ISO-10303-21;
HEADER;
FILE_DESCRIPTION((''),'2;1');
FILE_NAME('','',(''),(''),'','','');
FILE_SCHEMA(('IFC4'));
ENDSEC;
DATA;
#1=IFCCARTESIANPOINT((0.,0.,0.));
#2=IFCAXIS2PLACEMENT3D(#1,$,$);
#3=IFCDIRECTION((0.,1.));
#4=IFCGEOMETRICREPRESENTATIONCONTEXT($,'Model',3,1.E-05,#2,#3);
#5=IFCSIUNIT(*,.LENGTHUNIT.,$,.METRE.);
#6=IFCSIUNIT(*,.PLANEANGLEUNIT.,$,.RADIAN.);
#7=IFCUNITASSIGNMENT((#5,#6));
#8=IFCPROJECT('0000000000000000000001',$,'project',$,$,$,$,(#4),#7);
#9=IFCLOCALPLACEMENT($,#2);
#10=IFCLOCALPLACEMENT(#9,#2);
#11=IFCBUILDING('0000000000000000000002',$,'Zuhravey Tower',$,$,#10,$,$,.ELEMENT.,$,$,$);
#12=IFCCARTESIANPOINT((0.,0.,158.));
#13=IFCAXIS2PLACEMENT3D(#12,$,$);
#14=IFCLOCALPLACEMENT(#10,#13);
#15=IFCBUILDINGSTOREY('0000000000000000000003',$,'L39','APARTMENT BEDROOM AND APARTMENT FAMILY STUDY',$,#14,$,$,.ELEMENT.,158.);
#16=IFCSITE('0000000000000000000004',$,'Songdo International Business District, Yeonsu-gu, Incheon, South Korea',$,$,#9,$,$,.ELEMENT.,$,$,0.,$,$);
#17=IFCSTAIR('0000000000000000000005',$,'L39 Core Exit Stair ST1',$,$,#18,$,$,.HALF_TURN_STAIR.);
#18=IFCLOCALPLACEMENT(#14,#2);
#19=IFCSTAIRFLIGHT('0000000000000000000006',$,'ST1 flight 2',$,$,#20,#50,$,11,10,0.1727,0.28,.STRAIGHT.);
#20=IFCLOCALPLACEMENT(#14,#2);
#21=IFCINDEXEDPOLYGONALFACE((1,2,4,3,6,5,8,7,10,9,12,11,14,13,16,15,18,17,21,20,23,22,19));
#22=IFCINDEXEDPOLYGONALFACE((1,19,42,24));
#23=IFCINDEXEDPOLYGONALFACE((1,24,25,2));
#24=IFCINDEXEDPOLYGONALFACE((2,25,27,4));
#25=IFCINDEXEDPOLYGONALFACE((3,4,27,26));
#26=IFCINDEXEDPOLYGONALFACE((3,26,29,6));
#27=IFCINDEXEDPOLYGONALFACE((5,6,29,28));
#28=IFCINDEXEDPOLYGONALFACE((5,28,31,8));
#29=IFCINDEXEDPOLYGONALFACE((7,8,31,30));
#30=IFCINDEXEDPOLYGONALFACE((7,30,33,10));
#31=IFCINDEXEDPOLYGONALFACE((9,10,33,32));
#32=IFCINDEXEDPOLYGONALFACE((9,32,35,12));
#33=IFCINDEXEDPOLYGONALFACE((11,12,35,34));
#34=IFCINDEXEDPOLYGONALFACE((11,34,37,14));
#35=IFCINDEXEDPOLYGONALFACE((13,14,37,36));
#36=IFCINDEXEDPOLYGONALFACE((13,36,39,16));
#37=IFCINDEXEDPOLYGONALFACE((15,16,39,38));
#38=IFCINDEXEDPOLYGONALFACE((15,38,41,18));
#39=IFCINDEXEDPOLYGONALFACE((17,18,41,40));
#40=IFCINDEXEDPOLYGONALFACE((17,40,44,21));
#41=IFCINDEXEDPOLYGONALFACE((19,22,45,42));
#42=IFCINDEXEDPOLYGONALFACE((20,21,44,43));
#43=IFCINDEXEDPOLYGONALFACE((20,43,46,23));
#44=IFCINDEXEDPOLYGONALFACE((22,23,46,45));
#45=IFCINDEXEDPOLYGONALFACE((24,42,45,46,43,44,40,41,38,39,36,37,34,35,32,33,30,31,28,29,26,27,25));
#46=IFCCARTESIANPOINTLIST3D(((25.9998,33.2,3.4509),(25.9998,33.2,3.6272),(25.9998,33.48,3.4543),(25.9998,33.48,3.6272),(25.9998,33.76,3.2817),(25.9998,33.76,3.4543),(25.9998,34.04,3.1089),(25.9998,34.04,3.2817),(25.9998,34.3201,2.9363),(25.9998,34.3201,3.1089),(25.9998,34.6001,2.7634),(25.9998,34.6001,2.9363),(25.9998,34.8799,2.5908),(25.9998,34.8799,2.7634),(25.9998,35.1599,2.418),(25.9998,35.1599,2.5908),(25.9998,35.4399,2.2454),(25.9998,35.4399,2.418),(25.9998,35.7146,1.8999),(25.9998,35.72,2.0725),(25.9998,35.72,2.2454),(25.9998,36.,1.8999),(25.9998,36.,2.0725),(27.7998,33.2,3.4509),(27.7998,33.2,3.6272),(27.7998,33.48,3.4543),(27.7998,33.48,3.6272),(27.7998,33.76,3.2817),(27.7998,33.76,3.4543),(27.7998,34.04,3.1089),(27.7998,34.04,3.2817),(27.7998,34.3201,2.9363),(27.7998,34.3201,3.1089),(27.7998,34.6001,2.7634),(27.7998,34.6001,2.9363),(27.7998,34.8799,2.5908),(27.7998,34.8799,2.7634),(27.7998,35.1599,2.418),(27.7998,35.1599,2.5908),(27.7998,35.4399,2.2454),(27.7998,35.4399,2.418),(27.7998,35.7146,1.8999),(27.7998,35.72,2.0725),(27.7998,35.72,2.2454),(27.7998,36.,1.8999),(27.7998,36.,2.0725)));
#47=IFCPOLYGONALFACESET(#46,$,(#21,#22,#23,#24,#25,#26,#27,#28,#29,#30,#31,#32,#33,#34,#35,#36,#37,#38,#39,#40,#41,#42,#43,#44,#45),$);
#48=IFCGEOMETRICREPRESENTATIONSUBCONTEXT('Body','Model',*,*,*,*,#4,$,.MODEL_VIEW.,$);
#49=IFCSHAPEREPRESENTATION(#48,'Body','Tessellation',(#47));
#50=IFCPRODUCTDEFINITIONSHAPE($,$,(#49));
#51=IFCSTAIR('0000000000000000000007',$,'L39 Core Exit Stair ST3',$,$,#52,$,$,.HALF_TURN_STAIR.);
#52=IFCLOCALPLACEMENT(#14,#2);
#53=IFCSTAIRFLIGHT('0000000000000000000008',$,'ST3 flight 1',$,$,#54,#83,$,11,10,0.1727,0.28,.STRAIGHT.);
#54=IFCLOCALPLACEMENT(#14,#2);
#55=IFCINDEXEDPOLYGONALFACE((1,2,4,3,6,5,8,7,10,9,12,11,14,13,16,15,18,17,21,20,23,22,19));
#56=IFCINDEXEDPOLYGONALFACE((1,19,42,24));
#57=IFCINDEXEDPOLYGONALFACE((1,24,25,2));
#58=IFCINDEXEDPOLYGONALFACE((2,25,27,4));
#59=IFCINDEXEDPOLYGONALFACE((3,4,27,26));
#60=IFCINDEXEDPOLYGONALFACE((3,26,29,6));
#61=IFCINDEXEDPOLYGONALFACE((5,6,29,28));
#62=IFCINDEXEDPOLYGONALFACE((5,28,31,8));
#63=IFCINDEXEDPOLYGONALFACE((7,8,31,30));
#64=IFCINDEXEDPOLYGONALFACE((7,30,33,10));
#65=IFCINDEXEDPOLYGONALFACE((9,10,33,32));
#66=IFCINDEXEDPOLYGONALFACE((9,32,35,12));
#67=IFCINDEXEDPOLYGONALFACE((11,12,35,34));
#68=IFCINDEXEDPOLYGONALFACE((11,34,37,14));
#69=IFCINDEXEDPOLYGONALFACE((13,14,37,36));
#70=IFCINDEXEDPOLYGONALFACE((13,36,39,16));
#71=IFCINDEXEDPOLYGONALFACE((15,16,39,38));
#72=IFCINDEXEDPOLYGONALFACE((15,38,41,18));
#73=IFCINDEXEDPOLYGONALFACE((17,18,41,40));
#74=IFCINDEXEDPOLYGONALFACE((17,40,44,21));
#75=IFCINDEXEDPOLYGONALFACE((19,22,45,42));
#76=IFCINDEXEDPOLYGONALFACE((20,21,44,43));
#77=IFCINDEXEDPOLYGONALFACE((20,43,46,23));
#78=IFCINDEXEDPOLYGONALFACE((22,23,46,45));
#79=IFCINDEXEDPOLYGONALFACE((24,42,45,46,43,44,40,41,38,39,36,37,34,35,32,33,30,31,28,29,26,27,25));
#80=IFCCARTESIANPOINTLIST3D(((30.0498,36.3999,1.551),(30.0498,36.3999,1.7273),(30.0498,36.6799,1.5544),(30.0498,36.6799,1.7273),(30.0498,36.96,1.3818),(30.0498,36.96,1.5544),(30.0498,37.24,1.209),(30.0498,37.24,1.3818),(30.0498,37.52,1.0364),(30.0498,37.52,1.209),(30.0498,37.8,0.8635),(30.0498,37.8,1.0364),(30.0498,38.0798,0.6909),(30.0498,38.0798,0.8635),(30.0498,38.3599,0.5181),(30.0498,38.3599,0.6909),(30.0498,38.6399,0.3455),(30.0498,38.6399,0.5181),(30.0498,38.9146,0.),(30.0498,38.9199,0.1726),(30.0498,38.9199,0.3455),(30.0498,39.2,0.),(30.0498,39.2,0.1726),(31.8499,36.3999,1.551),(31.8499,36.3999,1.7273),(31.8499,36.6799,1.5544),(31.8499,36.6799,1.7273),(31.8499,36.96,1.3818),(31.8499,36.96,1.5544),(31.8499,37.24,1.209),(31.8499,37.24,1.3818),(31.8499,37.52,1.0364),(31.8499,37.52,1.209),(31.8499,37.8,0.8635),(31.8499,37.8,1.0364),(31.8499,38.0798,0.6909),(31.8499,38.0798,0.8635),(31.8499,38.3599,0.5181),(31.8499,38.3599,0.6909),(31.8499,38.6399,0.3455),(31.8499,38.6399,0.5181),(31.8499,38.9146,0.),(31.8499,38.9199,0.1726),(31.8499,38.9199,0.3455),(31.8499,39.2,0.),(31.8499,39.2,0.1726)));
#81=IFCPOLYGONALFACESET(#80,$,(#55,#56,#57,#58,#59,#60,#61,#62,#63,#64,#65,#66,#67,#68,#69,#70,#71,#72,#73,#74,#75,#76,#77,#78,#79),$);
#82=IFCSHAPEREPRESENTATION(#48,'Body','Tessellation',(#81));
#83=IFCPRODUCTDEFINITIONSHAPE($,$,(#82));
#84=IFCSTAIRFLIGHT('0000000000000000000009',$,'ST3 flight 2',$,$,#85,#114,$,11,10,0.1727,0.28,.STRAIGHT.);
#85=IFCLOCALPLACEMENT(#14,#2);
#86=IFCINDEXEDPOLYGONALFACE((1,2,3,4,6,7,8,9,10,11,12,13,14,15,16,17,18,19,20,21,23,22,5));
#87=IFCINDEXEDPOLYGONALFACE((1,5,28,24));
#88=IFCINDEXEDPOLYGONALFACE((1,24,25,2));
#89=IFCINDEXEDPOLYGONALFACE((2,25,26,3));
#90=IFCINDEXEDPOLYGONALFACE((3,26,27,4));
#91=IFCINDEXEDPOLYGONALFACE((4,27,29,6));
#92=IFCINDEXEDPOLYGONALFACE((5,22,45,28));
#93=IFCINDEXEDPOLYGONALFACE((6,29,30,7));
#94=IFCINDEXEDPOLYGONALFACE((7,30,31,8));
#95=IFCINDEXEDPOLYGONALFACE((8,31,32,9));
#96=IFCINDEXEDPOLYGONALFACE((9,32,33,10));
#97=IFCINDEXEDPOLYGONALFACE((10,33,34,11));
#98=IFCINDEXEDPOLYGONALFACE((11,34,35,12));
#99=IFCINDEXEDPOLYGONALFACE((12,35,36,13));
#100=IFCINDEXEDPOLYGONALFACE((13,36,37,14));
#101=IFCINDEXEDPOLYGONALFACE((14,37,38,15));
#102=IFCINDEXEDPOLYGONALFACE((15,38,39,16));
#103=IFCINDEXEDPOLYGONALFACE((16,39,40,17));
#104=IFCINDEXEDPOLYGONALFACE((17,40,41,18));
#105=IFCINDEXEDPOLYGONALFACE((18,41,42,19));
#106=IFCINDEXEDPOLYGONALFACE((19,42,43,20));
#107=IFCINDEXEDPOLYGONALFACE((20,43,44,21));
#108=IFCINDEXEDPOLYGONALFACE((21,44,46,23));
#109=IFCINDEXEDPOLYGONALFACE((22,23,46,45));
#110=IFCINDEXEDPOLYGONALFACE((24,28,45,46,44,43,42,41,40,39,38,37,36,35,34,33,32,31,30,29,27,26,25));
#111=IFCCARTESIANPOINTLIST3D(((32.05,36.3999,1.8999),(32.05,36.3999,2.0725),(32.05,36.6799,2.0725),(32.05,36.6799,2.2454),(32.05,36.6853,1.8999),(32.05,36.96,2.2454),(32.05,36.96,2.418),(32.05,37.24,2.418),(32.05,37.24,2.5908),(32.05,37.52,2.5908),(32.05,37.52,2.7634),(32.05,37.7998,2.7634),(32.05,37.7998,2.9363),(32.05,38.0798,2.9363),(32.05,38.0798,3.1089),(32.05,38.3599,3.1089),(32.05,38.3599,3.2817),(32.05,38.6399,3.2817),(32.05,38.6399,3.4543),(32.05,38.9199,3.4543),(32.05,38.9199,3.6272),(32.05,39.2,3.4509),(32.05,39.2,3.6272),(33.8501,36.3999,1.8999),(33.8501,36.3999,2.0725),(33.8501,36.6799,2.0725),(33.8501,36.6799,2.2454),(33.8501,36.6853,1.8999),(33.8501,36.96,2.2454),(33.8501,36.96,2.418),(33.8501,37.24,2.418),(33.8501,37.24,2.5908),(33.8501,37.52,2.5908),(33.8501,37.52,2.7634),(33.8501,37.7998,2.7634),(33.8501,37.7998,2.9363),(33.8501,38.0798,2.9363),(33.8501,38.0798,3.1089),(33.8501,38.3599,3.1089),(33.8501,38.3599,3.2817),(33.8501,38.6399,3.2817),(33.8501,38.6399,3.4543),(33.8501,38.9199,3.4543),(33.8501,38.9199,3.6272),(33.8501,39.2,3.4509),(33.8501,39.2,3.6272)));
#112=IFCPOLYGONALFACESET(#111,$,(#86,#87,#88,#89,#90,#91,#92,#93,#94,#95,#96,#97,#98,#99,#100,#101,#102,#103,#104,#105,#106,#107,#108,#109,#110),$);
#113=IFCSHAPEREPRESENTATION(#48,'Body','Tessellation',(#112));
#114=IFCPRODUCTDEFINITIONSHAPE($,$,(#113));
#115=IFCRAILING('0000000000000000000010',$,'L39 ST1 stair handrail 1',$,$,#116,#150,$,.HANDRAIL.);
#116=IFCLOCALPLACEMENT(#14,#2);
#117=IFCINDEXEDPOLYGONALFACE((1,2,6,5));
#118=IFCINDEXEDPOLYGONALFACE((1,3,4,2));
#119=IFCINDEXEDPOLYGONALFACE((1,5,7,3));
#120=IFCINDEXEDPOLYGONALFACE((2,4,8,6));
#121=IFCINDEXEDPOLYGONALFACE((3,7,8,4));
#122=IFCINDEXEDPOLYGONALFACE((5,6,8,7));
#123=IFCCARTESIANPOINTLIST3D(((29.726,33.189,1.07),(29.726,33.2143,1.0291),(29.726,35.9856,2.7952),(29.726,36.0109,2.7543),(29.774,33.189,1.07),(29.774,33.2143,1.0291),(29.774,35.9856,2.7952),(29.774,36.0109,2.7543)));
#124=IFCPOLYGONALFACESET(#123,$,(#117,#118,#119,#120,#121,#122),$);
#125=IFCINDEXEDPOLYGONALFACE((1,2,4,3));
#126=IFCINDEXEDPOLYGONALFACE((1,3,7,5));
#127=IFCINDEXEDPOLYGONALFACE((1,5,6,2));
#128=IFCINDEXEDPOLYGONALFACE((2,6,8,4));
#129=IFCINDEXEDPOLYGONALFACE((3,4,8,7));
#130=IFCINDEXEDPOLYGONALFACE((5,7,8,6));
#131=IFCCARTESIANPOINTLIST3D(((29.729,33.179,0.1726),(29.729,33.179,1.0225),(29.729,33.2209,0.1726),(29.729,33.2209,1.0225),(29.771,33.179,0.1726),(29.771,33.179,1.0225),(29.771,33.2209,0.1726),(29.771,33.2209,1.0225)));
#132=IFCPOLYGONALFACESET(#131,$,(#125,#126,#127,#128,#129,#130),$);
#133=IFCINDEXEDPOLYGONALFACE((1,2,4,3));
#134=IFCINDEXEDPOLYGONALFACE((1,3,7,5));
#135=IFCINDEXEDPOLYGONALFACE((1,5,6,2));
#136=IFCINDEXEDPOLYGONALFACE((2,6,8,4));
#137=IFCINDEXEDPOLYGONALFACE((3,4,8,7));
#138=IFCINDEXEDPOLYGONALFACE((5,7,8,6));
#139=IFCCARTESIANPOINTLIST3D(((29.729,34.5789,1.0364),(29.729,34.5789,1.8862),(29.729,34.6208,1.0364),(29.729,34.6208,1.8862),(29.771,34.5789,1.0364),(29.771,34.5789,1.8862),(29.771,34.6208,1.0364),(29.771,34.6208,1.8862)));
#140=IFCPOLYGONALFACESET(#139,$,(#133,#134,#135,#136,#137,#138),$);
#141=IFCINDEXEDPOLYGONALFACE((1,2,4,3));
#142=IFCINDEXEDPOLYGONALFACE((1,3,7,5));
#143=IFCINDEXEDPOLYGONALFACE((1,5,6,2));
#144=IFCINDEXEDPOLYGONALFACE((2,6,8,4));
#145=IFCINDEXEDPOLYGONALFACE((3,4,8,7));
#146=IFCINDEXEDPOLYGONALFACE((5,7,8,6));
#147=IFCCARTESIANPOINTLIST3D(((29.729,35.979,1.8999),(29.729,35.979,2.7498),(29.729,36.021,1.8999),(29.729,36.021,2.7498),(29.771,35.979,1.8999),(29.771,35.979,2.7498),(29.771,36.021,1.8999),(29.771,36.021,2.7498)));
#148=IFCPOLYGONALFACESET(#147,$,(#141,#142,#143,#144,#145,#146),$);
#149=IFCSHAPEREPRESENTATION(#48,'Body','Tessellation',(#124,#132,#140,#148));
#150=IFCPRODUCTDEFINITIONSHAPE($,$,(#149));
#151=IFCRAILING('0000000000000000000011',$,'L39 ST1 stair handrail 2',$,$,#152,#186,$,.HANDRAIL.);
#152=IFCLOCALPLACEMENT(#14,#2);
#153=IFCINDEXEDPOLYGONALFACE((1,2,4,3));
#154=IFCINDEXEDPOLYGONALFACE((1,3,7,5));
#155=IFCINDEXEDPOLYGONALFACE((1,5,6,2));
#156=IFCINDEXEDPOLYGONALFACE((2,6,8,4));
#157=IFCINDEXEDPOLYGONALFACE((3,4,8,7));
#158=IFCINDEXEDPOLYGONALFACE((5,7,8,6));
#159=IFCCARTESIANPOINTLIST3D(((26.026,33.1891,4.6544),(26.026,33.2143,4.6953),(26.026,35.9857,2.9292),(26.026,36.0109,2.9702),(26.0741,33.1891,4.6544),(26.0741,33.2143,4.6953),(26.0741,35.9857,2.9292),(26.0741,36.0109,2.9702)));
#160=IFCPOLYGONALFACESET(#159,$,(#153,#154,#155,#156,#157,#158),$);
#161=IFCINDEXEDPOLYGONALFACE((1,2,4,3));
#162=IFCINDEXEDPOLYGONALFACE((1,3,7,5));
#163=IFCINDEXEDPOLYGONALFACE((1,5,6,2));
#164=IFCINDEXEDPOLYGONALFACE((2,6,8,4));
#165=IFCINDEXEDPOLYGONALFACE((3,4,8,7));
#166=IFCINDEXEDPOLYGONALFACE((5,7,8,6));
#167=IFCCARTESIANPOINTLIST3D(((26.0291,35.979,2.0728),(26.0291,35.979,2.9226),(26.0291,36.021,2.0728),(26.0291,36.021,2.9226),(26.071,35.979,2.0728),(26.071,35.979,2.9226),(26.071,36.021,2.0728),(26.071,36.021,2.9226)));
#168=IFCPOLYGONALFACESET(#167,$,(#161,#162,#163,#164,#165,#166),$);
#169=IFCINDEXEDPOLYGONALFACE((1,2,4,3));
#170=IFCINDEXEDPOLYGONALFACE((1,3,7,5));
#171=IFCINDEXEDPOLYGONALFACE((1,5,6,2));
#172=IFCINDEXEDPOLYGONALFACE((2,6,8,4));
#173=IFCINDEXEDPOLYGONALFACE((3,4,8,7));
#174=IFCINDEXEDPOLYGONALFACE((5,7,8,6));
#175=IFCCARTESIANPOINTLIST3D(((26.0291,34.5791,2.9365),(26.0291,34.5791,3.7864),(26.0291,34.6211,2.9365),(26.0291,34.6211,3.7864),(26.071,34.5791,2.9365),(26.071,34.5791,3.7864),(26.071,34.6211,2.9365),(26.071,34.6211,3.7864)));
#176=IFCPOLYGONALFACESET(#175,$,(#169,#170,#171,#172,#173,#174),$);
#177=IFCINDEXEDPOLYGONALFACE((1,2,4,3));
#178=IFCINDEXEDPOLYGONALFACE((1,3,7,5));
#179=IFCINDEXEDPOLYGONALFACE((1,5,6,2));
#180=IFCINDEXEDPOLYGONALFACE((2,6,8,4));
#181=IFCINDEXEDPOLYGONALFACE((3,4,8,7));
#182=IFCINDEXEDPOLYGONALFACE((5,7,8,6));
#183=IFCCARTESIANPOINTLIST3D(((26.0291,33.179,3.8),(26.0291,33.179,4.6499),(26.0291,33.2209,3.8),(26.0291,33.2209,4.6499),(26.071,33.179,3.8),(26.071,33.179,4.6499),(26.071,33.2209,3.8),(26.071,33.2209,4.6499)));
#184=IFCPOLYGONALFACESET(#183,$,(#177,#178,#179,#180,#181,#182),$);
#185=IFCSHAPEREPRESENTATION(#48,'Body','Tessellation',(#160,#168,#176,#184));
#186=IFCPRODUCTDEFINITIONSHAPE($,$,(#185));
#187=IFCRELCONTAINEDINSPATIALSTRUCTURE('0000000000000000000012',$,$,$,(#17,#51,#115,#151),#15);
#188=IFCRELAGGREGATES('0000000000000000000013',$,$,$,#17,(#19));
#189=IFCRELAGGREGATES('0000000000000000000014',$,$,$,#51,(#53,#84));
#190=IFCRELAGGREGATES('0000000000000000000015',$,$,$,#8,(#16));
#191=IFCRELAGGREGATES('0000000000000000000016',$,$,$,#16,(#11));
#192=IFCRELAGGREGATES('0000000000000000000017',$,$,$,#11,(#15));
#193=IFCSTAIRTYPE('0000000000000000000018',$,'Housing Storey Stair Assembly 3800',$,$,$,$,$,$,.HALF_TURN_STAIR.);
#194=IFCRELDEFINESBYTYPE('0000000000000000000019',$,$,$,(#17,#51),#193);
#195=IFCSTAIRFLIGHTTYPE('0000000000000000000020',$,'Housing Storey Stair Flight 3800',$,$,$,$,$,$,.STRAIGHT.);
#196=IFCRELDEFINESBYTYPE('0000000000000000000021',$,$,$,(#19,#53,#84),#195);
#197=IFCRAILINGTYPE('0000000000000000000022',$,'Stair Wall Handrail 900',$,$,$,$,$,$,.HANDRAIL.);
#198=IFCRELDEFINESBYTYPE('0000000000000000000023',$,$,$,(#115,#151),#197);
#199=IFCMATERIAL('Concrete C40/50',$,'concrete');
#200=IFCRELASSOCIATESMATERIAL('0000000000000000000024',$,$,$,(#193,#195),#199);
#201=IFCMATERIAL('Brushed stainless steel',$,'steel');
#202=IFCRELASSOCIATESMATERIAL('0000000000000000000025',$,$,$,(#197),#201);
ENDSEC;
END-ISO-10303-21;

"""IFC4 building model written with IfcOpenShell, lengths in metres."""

from ifc_helpers import new_model, si_unit, direction, frame, origin, origin_2d, place, context, subcontext, project, spatial, polyline, rectangle, outline, extrude, material, type_object, element, aggregate, save


model = new_model("IFC4")

# Units and contexts
model_context = context("Model", 3, precision=1e-05, world=origin(), true_north=direction((0.0, 1.0)))
body_context = subcontext(model_context, "Body", "Model", "MODEL_VIEW")
ifc_project = project(units=[si_unit("LENGTHUNIT", "METRE"), si_unit("PLANEANGLEUNIT", "RADIAN")], contexts=[model_context])

# Site, building, storey
site_placement = place(None, origin())
site = spatial("IfcSite", under=ifc_project, at=site_placement, Name="Songdo International Business District, Yeonsu-gu, Incheon, South Korea", CompositionType="ELEMENT", RefElevation=0.0)
building_placement = place(site_placement, origin())
building = spatial("IfcBuilding", under=site, at=building_placement, Name="Zuhravey Tower", CompositionType="ELEMENT")
storey_placement = place(building_placement, frame((0.0, 0.0, 158.0)))
storey = spatial("IfcBuildingStorey", under=building, at=storey_placement, Name="L39", Description="APARTMENT BEDROOM AND APARTMENT FAMILY STUDY", CompositionType="ELEMENT", Elevation=158.0)

# Stairs, stair flights
ifc_material_1 = material(Name="Concrete C40/50", Category="concrete")
stair_type = type_object("IfcStairType", Name="Housing Storey Stair Assembly 3800", PredefinedType="HALF_TURN_STAIR", material=ifc_material_1)
stair_1_placement = place(storey_placement, origin())
stair_1 = element("IfcStair", 1, at=stair_1_placement, inside=storey, type_object=stair_type, Name="L39 Core Exit Stair ST1", PredefinedType="HALF_TURN_STAIR")
stair_flight_type = type_object("IfcStairFlightType", Name="Housing Storey Stair Flight 3800", PredefinedType="STRAIGHT", material=ifc_material_1)
stair_flight_1_placement = place(storey_placement, frame((26.8999, 36.0, 1.8999), z_axis=(0.0, 0.0, 1.0), x_axis=(0.0, -1.0, 0.0)))
stair_flight_1 = element("IfcStairFlight", 2, at=stair_flight_1_placement, type_object=stair_flight_type, Name="ST1 flight 2", NumberOfRisers=11, NumberOfTreads=10, PredefinedType="STRAIGHT", RiserHeight=0.1727, TreadLength=0.28, context=body_context, shape_type="SweptSolid", body=[
    extrude(outline(polyline([(0.0, 0.0), (0.0, 0.1726), (0.28, 0.1726), (0.28, 0.3455), (0.5601, 0.3455), (0.5601, 0.5181), (0.8401, 0.5181), (0.8401, 0.6909), (1.1201, 0.6909), (1.1201, 0.8635), (1.3999, 0.8635), (1.3999, 1.0364), (1.6799, 1.0364), (1.6799, 1.209), (1.96, 1.209), (1.96, 1.3818), (2.24, 1.3818), (2.24, 1.5544), (2.52, 1.5544), (2.52, 1.7273), (2.8, 1.7273), (2.8, 1.8999), (2.8, 1.551), (0.2854, 0.0), (0.0, 0.0)])), frame((0.0, 0.8999, 0.0), z_axis=(0.0, -1.0, 0.0), x_axis=(1.0, 0.0, 0.0)), (0.0, 0.0, 1.0), 1.8),
])
aggregate(stair_1, [stair_flight_1])
stair_2_placement = place(storey_placement, origin())
stair_2 = element("IfcStair", 3, at=stair_2_placement, inside=storey, type_object=stair_type, Name="L39 Core Exit Stair ST3", PredefinedType="HALF_TURN_STAIR")
stair_flight_2_placement = place(storey_placement, frame((30.95, 39.2, 0.0), z_axis=(0.0, 0.0, 1.0), x_axis=(0.0, -1.0, 0.0)))
stair_flight_2 = element("IfcStairFlight", 4, at=stair_flight_2_placement, type_object=stair_flight_type, Name="ST3 flight 1", NumberOfRisers=11, NumberOfTreads=10, PredefinedType="STRAIGHT", RiserHeight=0.1727, TreadLength=0.28, context=body_context, shape_type="SweptSolid", body=[
    extrude(outline(polyline([(0.0, 0.0), (0.0, 0.1726), (0.28, 0.1726), (0.28, 0.3455), (0.5601, 0.3455), (0.5601, 0.5181), (0.8401, 0.5181), (0.8401, 0.6909), (1.1201, 0.6909), (1.1201, 0.8635), (1.3999, 0.8635), (1.3999, 1.0364), (1.6799, 1.0364), (1.6799, 1.209), (1.96, 1.209), (1.96, 1.3818), (2.24, 1.3818), (2.24, 1.5544), (2.52, 1.5544), (2.52, 1.7273), (2.8, 1.7273), (2.8, 1.8999), (2.8, 1.551), (0.2854, 0.0), (0.0, 0.0)])), frame((0.0, 0.8999, 0.0), z_axis=(0.0, -1.0, 0.0), x_axis=(1.0, 0.0, 0.0)), (0.0, 0.0, 1.0), 1.8),
])
stair_flight_3_placement = place(storey_placement, frame((32.95, 36.3999, 1.8999), z_axis=(0.0, 0.0, 1.0), x_axis=(0.0, 1.0, 0.0)))
stair_flight_3 = element("IfcStairFlight", 5, at=stair_flight_3_placement, type_object=stair_flight_type, Name="ST3 flight 2", NumberOfRisers=11, NumberOfTreads=10, PredefinedType="STRAIGHT", RiserHeight=0.1727, TreadLength=0.28, context=body_context, shape_type="SweptSolid", body=[
    extrude(outline(polyline([(0.0, 0.0), (0.0, 0.1726), (0.28, 0.1726), (0.28, 0.3455), (0.5601, 0.3455), (0.5601, 0.5181), (0.8401, 0.5181), (0.8401, 0.6909), (1.1201, 0.6909), (1.1201, 0.8635), (1.3999, 0.8635), (1.3999, 1.0364), (1.6799, 1.0364), (1.6799, 1.209), (1.96, 1.209), (1.96, 1.3818), (2.24, 1.3818), (2.24, 1.5544), (2.52, 1.5544), (2.52, 1.7273), (2.8, 1.7273), (2.8, 1.8999), (2.8, 1.551), (0.2854, 0.0), (0.0, 0.0)])), frame((0.0, 0.8999, 0.0), z_axis=(0.0, -1.0, 0.0), x_axis=(1.0, 0.0, 0.0)), (0.0, 0.0, 1.0), 1.8),
])
aggregate(stair_2, [stair_flight_2, stair_flight_3])

# Railings
ifc_material_2 = material(Name="Brushed stainless steel", Category="steel")
railing_type_1 = type_object("IfcRailingType", Name="Stair Wall Handrail 900", PredefinedType="HANDRAIL", material=ifc_material_2)
railing_1_placement = place(storey_placement, frame((29.75, 33.2, 0.1726)))
element("IfcRailing", 6, at=railing_1_placement, inside=storey, type_object=railing_type_1, Name="L39 ST1 stair handrail 1", PredefinedType="HANDRAIL", context=body_context, shape_type="SweptSolid", body=[
    extrude(rectangle(XDim=0.0481, YDim=0.0481, at=origin_2d()), frame((0.0, 0.0017, 0.877), z_axis=(0.0, 0.85109, 0.52502), x_axis=(-1.0, 0.0, 0.0)), (0.0, 0.0, 1.0), 3.2859),
    extrude(rectangle(XDim=0.042, YDim=0.042, at=origin_2d()), origin(), (0.0, 0.0, 1.0), 0.8499),
    extrude(rectangle(XDim=0.042, YDim=0.042, at=origin_2d()), frame((0.0, 1.3999, 0.8638)), (0.0, 0.0, 1.0), 0.8499),
    extrude(rectangle(XDim=0.042, YDim=0.042, at=origin_2d()), frame((0.0, 2.8, 1.7273)), (0.0, 0.0, 1.0), 0.8499),
])
for number, where, name in (
    (7, (26.05, 36.0, 2.0728), "L39 ST1 stair handrail 2"),
):
    element("IfcRailing", number, at=place(storey_placement, frame(where)), inside=storey, type_object=railing_type_1, Name=name, PredefinedType="HANDRAIL", context=body_context, shape_type="SweptSolid", body=[
        extrude(rectangle(XDim=0.0481, YDim=0.0481, at=origin_2d()), frame((0.0, -0.0017, 0.877), z_axis=(0.0, -0.85109, 0.52502), x_axis=(1.0, 0.0, 0.0)), (0.0, 0.0, 1.0), 3.2859),
        extrude(rectangle(XDim=0.042, YDim=0.042, at=origin_2d()), origin(), (0.0, 0.0, 1.0), 0.8499),
        extrude(rectangle(XDim=0.042, YDim=0.042, at=origin_2d()), frame((0.0, -1.3999, 0.8638)), (0.0, 0.0, 1.0), 0.8499),
        extrude(rectangle(XDim=0.042, YDim=0.042, at=origin_2d()), frame((0.0, -2.8, 1.7273)), (0.0, 0.0, 1.0), 0.8499),
    ])

save(model, "model.ifc")
